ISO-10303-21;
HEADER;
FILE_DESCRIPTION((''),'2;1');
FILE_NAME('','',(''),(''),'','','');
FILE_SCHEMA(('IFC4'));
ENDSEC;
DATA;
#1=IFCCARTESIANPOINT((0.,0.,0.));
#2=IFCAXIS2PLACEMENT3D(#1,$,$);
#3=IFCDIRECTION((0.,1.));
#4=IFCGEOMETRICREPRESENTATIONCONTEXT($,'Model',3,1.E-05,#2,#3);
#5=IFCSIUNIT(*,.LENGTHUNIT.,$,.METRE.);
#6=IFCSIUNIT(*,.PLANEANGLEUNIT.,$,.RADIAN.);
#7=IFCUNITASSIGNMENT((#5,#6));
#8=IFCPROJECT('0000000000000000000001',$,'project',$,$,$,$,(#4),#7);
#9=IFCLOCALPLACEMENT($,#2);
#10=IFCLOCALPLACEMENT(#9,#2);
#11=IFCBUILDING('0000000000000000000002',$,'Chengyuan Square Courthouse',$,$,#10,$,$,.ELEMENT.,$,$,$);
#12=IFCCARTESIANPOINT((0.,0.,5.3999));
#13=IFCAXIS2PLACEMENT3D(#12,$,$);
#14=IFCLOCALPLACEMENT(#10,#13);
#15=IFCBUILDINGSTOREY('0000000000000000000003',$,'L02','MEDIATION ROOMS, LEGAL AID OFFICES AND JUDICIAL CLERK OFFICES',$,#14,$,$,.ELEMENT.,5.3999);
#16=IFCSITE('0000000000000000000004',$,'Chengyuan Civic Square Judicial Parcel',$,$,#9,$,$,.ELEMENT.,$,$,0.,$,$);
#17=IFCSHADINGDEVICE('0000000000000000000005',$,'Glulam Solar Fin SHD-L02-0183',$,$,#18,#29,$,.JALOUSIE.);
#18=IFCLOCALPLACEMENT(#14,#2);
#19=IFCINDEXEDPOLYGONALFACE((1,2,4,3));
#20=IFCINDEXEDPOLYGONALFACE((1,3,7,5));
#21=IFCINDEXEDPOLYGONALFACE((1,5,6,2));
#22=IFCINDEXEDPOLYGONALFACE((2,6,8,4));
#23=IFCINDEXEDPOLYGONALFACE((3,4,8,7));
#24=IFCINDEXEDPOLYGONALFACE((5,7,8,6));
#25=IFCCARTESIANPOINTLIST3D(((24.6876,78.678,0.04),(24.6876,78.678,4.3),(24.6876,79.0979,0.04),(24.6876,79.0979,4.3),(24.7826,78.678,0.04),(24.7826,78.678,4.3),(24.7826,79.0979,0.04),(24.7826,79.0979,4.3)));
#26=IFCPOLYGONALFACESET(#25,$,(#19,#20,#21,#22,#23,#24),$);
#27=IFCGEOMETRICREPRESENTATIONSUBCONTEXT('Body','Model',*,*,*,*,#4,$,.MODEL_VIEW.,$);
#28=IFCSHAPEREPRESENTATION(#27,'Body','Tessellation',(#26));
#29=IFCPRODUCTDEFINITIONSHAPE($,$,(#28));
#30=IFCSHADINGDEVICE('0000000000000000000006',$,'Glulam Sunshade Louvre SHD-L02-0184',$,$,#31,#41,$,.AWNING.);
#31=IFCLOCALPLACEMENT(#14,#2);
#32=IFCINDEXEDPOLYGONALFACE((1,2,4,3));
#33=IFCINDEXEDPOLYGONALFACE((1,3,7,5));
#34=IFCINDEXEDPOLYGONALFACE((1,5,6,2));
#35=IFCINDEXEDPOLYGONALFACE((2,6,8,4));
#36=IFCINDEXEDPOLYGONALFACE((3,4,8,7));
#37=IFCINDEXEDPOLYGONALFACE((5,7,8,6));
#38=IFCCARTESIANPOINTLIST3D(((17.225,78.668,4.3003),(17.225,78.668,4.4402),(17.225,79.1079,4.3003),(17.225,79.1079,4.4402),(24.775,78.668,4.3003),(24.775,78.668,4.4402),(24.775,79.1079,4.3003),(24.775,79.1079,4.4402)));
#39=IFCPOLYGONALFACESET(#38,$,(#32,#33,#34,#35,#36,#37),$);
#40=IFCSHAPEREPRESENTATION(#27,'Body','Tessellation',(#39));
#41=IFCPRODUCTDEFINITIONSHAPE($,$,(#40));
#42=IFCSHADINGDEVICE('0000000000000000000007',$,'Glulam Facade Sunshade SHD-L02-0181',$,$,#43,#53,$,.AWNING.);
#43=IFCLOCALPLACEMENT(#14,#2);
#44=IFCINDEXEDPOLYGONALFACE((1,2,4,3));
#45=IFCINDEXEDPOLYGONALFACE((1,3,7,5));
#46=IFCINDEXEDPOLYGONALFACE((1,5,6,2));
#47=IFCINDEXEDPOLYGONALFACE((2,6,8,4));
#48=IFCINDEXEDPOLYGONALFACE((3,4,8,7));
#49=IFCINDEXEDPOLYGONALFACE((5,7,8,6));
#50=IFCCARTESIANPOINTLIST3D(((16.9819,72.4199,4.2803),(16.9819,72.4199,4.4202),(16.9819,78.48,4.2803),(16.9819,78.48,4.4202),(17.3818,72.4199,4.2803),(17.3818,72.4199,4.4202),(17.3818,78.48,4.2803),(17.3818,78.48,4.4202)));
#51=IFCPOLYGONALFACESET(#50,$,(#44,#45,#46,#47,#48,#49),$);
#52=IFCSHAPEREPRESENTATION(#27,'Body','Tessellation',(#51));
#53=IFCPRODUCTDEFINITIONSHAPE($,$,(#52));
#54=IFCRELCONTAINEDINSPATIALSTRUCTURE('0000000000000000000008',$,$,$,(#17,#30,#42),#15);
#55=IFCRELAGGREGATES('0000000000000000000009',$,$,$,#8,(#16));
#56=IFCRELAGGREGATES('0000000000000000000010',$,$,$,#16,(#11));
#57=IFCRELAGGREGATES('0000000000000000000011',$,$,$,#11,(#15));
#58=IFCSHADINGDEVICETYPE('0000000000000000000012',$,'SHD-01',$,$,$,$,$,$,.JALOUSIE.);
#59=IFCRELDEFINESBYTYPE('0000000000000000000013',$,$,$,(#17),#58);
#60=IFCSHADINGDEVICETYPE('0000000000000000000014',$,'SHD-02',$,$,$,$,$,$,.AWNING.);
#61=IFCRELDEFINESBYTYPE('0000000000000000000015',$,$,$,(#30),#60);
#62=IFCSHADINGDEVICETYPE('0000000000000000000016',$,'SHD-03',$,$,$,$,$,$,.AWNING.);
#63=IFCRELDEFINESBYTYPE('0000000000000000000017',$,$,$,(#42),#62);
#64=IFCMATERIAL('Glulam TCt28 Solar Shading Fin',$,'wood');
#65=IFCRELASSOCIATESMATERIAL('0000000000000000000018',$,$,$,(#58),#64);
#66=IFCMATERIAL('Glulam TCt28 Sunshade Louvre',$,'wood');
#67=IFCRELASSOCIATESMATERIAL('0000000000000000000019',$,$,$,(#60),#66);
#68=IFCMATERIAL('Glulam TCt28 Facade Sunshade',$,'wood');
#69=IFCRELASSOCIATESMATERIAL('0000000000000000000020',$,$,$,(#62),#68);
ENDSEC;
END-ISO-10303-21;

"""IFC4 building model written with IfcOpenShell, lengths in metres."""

from ifc_helpers import new_model, si_unit, direction, frame, origin, origin_2d, place, context, subcontext, project, spatial, rectangle, extrude, material, type_object, element, save


model = new_model("IFC4")

# Units and contexts
model_context = context("Model", 3, precision=1e-05, world=origin(), true_north=direction((0.0, 1.0)))
body_context = subcontext(model_context, "Body", "Model", "MODEL_VIEW")
ifc_project = project(units=[si_unit("LENGTHUNIT", "METRE"), si_unit("PLANEANGLEUNIT", "RADIAN")], contexts=[model_context])

# Site, building, storey
site_placement = place(None, origin())
site = spatial("IfcSite", under=ifc_project, at=site_placement, Name="Chengyuan Civic Square Judicial Parcel", CompositionType="ELEMENT", RefElevation=0.0)
building_placement = place(site_placement, origin())
building = spatial("IfcBuilding", under=site, at=building_placement, Name="Chengyuan Square Courthouse", CompositionType="ELEMENT")
storey_placement = place(building_placement, frame((0.0, 0.0, 5.3999)))
storey = spatial("IfcBuildingStorey", under=building, at=storey_placement, Name="L02", Description="MEDIATION ROOMS, LEGAL AID OFFICES AND JUDICIAL CLERK OFFICES", CompositionType="ELEMENT", Elevation=5.3999)

# Shading devices
ifc_material_1 = material(Name="Glulam TCt28 Solar Shading Fin", Category="wood")
shading_device_type_1 = type_object("IfcShadingDeviceType", Name="SHD-01", PredefinedType="JALOUSIE", material=ifc_material_1)
for number, where, z_axis, x_axis, name in (
    (1, (24.7351, 78.8879, 0.04), (0.0, 0.0, 1.0), (0.0, 1.0, 0.0), "Glulam Solar Fin SHD-L02-0183"),
):
    element("IfcShadingDevice", number, at=place(storey_placement, frame(where, z_axis=z_axis, x_axis=x_axis)), inside=storey, type_object=shading_device_type_1, Name=name, PredefinedType="JALOUSIE", context=body_context, shape_type="SweptSolid", body=[
        extrude(rectangle(XDim=0.4199, YDim=0.095, at=origin_2d()), origin(), (0.0, 0.0, 1.0), 4.26),
    ])
ifc_material_2 = material(Name="Glulam TCt28 Sunshade Louvre", Category="wood")
shading_device_type_2 = type_object("IfcShadingDeviceType", Name="SHD-02", PredefinedType="AWNING", material=ifc_material_2)
shading_device_1_placement = place(storey_placement, frame((21.0, 78.8879, 4.3003), z_axis=(0.0, 0.0, 1.0), x_axis=(1.0, 0.0, 0.0)))
element("IfcShadingDevice", 2, at=shading_device_1_placement, inside=storey, type_object=shading_device_type_2, Name="Glulam Sunshade Louvre SHD-L02-0184", PredefinedType="AWNING", context=body_context, shape_type="SweptSolid", body=[
    extrude(rectangle(XDim=7.55, YDim=0.4399, at=origin_2d()), origin(), (0.0, 0.0, 1.0), 0.1399),
])
ifc_material_3 = material(Name="Glulam TCt28 Facade Sunshade", Category="wood")
shading_device_type_3 = type_object("IfcShadingDeviceType", Name="SHD-03", PredefinedType="AWNING", material=ifc_material_3)
shading_device_2_placement = place(storey_placement, frame((17.1819, 75.45, 4.2803), z_axis=(0.0, 0.0, 1.0), x_axis=(0.0, 1.0, 0.0)))
element("IfcShadingDevice", 3, at=shading_device_2_placement, inside=storey, type_object=shading_device_type_3, Name="Glulam Facade Sunshade SHD-L02-0181", PredefinedType="AWNING", context=body_context, shape_type="SweptSolid", body=[
    extrude(rectangle(XDim=6.0601, YDim=0.3999, at=origin_2d()), origin(), (0.0, 0.0, 1.0), 0.1399),
])

save(model, "model.ifc")
